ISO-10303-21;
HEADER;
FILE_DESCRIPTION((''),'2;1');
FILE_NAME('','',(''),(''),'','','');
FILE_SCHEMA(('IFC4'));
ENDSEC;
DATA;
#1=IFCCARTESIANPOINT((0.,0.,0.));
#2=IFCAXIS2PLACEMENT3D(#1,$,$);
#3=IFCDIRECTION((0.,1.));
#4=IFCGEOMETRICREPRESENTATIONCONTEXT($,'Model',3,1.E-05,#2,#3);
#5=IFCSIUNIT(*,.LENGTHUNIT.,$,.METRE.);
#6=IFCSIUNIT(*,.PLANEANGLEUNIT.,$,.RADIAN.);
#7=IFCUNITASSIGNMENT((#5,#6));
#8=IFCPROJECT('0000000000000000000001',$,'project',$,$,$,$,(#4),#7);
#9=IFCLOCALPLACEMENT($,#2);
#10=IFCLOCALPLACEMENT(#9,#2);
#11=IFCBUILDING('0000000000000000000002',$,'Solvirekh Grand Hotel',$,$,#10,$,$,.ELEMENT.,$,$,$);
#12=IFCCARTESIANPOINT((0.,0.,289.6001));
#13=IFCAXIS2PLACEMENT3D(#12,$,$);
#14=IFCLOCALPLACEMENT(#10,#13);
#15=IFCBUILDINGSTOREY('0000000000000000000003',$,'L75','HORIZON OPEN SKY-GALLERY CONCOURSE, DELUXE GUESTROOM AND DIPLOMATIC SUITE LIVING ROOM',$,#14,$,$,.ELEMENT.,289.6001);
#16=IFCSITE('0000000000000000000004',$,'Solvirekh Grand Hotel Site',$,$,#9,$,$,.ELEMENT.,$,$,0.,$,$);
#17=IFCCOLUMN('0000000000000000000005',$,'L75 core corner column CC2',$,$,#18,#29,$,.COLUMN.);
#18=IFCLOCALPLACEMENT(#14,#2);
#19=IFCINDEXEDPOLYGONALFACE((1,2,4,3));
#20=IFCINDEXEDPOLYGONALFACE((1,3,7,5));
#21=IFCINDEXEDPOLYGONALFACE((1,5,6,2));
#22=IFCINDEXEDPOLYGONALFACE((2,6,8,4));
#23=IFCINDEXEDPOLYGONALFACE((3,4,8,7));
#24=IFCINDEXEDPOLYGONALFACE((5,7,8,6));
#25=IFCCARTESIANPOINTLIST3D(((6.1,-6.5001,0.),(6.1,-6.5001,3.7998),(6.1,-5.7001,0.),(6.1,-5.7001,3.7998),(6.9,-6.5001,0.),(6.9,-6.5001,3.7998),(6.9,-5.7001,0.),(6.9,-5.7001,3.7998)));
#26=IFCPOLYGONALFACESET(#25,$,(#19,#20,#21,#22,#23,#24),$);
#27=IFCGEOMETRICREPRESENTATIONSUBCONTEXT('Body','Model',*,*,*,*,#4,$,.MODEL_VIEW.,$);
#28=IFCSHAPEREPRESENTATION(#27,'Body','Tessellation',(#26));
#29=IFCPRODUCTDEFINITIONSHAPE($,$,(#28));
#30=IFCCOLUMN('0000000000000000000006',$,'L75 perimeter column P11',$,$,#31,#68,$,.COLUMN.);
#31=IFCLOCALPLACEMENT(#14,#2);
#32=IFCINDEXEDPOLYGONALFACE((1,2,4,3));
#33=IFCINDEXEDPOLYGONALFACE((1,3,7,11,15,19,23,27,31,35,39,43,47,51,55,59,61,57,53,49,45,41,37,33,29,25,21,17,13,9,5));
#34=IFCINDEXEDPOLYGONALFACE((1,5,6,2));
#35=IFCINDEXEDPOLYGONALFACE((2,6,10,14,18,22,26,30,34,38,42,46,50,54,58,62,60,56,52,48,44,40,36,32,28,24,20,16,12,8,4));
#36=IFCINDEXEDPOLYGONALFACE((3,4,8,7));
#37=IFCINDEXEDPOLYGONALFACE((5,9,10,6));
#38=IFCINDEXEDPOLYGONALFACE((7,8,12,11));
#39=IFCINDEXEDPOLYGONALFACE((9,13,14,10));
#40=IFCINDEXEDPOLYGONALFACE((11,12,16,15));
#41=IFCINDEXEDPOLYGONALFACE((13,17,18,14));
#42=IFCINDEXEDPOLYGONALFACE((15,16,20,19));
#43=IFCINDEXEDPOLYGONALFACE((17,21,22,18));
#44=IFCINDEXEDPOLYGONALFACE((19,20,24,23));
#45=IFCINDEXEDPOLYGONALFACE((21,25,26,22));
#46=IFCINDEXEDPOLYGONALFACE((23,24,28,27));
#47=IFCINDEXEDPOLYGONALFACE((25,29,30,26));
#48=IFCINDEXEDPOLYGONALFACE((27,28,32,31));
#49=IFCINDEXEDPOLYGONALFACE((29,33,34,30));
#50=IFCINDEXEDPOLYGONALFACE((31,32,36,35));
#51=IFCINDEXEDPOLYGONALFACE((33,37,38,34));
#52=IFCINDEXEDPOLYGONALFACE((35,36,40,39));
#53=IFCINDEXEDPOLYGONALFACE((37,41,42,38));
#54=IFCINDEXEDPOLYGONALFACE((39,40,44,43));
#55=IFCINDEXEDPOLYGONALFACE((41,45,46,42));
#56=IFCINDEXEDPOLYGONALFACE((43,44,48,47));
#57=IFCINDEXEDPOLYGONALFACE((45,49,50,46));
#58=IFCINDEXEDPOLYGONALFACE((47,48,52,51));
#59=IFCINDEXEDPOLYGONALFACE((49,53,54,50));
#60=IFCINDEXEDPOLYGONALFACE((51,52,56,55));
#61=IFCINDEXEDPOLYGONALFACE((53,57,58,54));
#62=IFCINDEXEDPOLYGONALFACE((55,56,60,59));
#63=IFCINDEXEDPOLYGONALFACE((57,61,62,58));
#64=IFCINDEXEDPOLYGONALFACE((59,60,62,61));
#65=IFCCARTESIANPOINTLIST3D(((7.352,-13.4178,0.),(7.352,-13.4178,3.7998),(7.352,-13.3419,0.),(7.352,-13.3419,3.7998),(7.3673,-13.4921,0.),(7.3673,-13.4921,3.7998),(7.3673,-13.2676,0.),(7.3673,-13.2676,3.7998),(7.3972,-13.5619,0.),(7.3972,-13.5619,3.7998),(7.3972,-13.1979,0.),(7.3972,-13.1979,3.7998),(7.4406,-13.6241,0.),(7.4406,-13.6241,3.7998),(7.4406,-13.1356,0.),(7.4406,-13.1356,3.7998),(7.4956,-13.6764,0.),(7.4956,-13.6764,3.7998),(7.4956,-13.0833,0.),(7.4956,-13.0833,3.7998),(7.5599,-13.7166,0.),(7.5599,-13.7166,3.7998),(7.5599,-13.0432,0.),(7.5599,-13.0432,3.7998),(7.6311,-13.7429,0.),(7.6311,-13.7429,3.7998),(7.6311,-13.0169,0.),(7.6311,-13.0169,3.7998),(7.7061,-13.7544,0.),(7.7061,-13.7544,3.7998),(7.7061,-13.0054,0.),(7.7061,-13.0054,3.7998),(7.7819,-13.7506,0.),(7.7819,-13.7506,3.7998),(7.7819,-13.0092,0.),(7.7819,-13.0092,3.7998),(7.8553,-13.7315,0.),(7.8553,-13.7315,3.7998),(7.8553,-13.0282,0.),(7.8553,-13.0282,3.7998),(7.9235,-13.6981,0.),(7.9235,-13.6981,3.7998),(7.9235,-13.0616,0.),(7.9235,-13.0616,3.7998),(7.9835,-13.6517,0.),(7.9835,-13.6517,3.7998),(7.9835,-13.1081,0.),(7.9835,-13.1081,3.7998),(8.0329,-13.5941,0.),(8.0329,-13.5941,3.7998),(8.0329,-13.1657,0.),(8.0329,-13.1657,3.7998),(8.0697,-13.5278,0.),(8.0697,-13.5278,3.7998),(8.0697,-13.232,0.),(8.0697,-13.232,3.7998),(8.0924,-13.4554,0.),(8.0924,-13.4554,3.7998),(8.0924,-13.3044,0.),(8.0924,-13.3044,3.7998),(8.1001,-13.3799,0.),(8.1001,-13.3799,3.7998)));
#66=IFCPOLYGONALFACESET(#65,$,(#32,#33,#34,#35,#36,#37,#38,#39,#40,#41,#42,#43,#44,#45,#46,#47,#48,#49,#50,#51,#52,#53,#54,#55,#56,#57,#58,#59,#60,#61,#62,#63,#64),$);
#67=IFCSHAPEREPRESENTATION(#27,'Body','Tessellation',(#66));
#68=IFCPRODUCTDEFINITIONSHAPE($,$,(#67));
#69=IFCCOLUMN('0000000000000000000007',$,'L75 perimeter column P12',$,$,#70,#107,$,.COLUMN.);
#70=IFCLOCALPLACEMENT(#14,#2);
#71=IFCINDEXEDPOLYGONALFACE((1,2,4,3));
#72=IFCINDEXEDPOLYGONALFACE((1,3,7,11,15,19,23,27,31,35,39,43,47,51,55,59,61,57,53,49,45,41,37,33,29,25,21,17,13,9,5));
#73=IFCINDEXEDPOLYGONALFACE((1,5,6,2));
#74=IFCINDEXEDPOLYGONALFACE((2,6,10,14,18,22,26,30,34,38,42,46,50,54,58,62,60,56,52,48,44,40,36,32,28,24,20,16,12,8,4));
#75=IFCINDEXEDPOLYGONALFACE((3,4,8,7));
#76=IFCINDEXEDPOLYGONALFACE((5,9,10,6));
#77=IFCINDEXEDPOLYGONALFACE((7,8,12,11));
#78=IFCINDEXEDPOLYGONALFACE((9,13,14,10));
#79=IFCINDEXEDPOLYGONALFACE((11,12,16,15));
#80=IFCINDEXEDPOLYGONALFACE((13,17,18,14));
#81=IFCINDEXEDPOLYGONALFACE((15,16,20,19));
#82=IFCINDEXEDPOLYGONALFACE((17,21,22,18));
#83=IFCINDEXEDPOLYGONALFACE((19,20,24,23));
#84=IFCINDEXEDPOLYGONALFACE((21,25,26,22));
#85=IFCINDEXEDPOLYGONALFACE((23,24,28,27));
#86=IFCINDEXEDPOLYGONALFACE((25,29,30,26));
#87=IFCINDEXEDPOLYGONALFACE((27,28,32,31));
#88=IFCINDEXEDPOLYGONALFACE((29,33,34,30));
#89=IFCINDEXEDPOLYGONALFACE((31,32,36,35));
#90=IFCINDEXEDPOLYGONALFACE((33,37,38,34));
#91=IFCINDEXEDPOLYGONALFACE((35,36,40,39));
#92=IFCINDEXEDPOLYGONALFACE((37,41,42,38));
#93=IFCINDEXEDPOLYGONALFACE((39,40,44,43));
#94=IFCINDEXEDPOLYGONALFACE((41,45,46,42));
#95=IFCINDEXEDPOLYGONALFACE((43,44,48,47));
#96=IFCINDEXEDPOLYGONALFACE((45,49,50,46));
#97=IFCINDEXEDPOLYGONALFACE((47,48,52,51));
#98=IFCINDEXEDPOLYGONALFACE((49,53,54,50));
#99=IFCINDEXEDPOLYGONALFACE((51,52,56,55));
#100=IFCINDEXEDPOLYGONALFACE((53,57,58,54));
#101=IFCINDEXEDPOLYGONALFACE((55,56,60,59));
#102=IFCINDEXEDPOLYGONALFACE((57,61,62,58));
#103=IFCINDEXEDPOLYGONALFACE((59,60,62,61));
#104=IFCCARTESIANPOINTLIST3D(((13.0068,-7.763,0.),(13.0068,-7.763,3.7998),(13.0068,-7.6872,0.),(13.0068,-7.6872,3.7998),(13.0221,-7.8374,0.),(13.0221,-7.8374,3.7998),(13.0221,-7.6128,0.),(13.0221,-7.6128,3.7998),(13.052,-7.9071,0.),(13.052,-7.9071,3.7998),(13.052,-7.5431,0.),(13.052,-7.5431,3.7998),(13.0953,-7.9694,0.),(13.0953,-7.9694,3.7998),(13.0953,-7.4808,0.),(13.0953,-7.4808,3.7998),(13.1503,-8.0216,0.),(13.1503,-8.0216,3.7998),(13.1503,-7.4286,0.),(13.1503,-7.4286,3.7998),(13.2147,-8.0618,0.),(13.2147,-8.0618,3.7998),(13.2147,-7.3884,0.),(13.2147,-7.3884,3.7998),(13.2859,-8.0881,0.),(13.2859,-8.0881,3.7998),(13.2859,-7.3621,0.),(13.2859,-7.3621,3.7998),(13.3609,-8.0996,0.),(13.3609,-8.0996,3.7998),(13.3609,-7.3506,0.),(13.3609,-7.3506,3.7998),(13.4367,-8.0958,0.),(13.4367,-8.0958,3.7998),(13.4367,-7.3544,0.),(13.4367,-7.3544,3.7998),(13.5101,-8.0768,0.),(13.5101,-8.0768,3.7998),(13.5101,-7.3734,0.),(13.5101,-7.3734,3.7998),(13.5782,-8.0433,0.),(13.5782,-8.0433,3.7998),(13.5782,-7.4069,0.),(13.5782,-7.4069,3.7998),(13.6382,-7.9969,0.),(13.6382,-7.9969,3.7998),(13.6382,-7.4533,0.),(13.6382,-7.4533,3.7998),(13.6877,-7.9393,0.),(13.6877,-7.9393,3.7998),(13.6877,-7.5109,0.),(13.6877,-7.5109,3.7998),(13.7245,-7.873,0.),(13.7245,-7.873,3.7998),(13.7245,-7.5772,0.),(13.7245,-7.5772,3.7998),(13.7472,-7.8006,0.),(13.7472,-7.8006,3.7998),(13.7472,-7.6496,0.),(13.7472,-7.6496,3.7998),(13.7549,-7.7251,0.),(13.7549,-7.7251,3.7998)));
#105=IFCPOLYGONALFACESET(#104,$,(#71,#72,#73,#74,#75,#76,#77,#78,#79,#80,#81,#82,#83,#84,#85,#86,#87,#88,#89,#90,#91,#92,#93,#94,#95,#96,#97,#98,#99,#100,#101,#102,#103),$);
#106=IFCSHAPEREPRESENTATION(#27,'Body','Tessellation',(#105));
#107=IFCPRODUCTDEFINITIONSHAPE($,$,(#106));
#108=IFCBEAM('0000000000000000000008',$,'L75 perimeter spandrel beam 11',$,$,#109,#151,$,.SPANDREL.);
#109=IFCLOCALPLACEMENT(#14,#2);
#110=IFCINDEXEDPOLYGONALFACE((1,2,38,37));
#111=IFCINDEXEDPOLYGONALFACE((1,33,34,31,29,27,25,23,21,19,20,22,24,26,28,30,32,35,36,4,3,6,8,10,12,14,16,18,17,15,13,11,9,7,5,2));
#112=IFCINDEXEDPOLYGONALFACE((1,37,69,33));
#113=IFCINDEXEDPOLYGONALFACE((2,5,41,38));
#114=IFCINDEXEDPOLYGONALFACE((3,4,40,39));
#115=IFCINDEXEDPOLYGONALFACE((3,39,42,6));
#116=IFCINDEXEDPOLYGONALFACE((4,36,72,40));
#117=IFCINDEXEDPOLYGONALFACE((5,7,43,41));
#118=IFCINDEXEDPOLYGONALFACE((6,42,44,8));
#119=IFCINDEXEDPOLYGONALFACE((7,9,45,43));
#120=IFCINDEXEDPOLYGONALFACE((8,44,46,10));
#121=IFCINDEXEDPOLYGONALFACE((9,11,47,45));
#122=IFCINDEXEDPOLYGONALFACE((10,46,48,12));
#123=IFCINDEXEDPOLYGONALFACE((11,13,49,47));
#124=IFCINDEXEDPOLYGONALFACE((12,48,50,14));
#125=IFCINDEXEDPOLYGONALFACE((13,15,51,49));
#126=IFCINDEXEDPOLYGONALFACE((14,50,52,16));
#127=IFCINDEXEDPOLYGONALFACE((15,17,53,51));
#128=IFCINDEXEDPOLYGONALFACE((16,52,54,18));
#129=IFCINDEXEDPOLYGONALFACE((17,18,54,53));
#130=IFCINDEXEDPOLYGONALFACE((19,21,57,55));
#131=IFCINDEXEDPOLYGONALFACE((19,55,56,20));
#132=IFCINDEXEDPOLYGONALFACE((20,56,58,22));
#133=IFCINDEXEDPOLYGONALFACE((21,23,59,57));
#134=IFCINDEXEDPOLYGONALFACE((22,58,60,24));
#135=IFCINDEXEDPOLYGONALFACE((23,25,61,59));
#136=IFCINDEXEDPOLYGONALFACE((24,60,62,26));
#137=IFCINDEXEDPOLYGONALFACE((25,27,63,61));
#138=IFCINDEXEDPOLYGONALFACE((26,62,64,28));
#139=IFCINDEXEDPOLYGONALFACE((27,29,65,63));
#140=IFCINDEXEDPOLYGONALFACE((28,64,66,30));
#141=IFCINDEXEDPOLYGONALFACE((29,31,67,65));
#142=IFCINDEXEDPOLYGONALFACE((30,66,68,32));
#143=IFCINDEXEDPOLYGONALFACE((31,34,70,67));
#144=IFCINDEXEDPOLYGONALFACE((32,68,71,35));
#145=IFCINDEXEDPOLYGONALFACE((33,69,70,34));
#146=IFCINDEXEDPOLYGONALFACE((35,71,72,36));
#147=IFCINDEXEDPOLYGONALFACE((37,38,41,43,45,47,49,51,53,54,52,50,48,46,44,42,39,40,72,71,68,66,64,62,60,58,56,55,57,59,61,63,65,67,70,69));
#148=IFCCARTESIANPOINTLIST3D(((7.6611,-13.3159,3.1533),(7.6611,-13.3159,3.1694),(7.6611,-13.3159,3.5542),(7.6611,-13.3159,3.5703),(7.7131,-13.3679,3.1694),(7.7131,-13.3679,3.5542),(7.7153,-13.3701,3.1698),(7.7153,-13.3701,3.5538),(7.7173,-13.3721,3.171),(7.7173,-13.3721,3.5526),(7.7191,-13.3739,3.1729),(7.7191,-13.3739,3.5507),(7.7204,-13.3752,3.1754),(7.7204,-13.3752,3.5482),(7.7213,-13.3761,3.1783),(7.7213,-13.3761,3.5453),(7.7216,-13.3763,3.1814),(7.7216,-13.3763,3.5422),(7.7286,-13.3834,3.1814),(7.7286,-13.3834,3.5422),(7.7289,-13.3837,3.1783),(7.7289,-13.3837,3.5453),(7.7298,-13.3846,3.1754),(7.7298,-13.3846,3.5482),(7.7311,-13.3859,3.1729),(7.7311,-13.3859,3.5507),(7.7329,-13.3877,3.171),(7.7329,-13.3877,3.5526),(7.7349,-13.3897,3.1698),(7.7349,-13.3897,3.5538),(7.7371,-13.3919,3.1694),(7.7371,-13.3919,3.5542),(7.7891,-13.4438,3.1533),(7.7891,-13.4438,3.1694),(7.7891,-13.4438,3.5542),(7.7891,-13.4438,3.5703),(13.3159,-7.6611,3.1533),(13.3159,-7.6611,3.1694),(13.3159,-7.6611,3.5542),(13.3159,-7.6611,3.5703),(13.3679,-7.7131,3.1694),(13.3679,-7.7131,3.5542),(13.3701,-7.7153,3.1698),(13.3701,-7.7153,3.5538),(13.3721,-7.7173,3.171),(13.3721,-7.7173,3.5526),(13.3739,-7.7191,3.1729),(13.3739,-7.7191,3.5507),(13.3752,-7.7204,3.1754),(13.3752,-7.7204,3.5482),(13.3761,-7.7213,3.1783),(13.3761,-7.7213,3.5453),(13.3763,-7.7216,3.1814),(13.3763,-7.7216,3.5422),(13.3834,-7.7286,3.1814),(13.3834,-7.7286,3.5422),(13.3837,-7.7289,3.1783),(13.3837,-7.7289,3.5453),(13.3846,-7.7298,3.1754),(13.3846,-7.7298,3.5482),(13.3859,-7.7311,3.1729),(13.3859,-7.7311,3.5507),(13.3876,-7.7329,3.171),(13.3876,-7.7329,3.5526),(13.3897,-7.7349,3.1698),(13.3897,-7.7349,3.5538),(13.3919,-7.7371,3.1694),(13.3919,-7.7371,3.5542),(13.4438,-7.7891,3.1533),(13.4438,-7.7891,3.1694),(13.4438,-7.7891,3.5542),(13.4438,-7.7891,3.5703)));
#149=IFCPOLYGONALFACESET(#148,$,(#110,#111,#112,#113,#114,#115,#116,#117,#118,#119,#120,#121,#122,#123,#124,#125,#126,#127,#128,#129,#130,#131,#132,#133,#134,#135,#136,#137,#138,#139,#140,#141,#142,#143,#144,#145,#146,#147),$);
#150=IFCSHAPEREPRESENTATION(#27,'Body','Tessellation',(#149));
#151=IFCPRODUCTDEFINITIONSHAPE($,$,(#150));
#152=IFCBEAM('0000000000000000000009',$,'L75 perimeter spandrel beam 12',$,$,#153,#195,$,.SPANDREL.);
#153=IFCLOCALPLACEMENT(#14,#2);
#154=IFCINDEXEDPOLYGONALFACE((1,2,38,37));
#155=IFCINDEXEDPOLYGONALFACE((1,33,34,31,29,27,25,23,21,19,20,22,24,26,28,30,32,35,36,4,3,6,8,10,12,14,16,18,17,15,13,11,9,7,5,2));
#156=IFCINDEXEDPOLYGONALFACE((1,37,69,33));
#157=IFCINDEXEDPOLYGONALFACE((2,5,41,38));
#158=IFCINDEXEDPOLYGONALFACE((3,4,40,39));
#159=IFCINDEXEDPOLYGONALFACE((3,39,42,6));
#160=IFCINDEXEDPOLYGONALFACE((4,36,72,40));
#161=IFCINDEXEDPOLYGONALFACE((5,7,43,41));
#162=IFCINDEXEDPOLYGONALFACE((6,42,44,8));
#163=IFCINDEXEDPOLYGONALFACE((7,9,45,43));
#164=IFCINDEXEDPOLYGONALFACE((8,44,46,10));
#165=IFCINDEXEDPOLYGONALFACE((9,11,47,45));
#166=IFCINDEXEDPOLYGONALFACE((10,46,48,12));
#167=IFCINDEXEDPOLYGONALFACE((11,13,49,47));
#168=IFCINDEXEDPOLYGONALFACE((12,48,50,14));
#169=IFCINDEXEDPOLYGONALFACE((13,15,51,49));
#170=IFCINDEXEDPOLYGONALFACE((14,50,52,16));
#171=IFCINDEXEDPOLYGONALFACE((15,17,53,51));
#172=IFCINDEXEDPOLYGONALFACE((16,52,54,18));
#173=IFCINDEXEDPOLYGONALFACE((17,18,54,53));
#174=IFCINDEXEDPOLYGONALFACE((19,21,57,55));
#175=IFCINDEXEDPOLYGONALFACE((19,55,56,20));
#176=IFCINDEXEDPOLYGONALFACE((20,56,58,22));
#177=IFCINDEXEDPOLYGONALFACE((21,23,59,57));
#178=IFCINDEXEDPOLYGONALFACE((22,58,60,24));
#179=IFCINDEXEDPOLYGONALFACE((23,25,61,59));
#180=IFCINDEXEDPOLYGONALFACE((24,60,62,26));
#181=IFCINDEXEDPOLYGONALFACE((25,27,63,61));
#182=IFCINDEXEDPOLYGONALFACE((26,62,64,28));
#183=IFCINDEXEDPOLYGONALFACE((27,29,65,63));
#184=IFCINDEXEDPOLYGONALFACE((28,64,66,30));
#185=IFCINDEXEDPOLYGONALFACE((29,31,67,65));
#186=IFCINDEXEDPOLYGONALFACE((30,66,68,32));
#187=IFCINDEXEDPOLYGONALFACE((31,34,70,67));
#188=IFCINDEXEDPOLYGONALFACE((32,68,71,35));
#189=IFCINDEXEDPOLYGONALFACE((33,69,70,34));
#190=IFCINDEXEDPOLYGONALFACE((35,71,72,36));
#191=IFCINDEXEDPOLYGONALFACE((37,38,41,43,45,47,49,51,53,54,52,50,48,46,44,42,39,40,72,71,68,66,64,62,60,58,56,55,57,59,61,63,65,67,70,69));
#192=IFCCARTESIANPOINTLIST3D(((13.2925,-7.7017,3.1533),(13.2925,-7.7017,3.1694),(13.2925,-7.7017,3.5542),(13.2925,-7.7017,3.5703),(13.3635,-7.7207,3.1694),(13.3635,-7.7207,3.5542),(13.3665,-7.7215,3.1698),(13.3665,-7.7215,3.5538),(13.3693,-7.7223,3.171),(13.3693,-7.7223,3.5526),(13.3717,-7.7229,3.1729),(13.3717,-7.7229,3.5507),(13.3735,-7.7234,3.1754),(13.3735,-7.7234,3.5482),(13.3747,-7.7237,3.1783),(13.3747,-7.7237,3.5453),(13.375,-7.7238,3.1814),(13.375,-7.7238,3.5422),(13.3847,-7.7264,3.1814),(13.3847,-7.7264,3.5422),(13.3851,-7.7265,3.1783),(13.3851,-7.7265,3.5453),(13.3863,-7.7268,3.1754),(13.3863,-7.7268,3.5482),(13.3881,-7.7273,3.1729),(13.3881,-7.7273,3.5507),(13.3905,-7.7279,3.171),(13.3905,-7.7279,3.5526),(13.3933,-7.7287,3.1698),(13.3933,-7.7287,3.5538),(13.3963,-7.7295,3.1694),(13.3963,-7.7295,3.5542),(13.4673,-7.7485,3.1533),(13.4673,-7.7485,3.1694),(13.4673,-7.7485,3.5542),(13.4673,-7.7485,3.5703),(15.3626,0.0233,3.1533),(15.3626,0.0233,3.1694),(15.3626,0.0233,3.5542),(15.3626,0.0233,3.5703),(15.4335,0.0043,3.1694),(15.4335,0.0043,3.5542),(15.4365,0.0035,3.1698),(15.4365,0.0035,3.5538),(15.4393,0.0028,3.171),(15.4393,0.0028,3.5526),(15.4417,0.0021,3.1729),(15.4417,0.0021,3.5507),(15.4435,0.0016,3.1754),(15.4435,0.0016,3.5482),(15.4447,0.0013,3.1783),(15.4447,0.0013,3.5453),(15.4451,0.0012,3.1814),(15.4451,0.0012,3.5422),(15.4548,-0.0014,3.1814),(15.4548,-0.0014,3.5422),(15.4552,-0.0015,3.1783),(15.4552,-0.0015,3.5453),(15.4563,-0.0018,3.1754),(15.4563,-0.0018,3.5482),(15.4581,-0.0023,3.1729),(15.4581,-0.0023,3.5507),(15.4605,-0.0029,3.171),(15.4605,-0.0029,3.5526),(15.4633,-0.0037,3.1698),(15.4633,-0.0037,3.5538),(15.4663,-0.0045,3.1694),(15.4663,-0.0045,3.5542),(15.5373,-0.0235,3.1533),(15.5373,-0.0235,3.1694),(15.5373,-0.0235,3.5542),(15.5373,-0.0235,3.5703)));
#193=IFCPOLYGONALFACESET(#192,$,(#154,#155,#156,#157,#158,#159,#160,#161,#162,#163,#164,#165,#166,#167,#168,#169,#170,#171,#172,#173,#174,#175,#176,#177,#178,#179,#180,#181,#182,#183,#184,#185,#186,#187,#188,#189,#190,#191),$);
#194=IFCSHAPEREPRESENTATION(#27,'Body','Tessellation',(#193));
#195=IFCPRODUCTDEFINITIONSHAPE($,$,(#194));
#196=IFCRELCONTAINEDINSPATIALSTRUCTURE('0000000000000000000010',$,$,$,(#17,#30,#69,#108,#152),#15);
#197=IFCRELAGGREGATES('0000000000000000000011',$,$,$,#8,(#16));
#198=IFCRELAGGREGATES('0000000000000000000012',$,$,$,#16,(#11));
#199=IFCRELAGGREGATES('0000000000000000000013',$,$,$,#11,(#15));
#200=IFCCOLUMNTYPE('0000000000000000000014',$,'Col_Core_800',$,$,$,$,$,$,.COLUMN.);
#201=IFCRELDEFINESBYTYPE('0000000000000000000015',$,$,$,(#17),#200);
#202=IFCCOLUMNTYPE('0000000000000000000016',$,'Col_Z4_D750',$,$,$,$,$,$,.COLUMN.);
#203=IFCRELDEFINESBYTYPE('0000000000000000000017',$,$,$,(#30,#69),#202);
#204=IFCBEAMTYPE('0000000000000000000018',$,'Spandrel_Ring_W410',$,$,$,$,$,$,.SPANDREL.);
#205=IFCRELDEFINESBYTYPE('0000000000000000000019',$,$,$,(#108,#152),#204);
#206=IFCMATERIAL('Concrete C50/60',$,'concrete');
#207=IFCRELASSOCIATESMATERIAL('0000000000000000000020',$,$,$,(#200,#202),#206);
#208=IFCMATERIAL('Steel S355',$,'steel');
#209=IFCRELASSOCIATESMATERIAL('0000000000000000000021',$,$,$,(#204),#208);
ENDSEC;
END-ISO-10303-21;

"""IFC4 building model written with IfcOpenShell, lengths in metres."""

from ifc_helpers import new_model, si_unit, direction, frame, origin, origin_2d, place, context, subcontext, project, spatial, rectangle, circle, i_section, extrude, material, material_profile, profile_set, type_object, element, save


model = new_model("IFC4")

# Units and contexts
model_context = context("Model", 3, precision=1e-05, world=origin(), true_north=direction((0.0, 1.0)))
body_context = subcontext(model_context, "Body", "Model", "MODEL_VIEW")
ifc_project = project(units=[si_unit("LENGTHUNIT", "METRE"), si_unit("PLANEANGLEUNIT", "RADIAN")], contexts=[model_context])

# Site, building, storey
site_placement = place(None, origin())
site = spatial("IfcSite", under=ifc_project, at=site_placement, Name="Solvirekh Grand Hotel Site", CompositionType="ELEMENT", RefElevation=0.0)
building_placement = place(site_placement, origin())
building = spatial("IfcBuilding", under=site, at=building_placement, Name="Solvirekh Grand Hotel", CompositionType="ELEMENT")
storey_placement = place(building_placement, frame((0.0, 0.0, 289.6001)))
storey = spatial("IfcBuildingStorey", under=building, at=storey_placement, Name="L75", Description="HORIZON OPEN SKY-GALLERY CONCOURSE, DELUXE GUESTROOM AND DIPLOMATIC SUITE LIVING ROOM", CompositionType="ELEMENT", Elevation=289.6001)

# Columns
ifc_material_1 = material(Name="Concrete C50/60", Category="concrete")
ifc_material_profile_1 = material_profile(ifc_material_1, rectangle(XDim=0.8, YDim=0.8, at=origin_2d()), Name="RC 800X800")
ifc_profile_set_1 = profile_set([ifc_material_profile_1], Name="Concrete C50/60")
column_type_1 = type_object("IfcColumnType", Name="Col_Core_800", PredefinedType="COLUMN", material=ifc_profile_set_1)
column_placement = place(storey_placement, frame((6.5, -6.1001, 0.0), z_axis=(0.0, 0.0, 1.0), x_axis=(1.0, 0.0, 0.0)))
element("IfcColumn", 1, at=column_placement, inside=storey, type_object=column_type_1, Name="L75 core corner column CC2", PredefinedType="COLUMN", context=body_context, shape_type="SweptSolid", body=[
    extrude(rectangle(XDim=0.8, YDim=0.8, at=origin_2d()), origin(), (0.0, 0.0, 1.0), 3.7998),
])
ifc_material_profile_2 = material_profile(ifc_material_1, circle(Radius=0.375, at=origin_2d()), Name="RC CIRC D750")
ifc_profile_set_2 = profile_set([ifc_material_profile_2], Name="Concrete C50/60")
column_type_2 = type_object("IfcColumnType", Name="Col_Z4_D750", PredefinedType="COLUMN", material=ifc_profile_set_2)
for number, where, z_axis, x_axis, name in (
    (2, (7.7251, -13.3799, 0.0), (0.0, 0.0, 1.0), (1.0, 0.0, 0.0), "L75 perimeter column P11"),
    (3, (13.3799, -7.7251, 0.0), (0.0, 0.0, 1.0), (1.0, 0.0, 0.0), "L75 perimeter column P12"),
):
    element("IfcColumn", number, at=place(storey_placement, frame(where, z_axis=z_axis, x_axis=x_axis)), inside=storey, type_object=column_type_2, Name=name, PredefinedType="COLUMN", context=body_context, shape_type="SweptSolid", body=[
        extrude(circle(Radius=0.375, at=origin_2d()), origin(), (0.0, 0.0, 1.0), 3.7998),
    ])

# Beams
ifc_material_2 = material(Name="Steel S355", Category="steel")
ifc_material_profile_3 = material_profile(ifc_material_2, i_section(OverallWidth=0.1809, OverallDepth=0.417, WebThickness=0.01, FlangeThickness=0.0161, FilletRadius=0.012, at=origin_2d()), Name="W410X85")
ifc_profile_set_3 = profile_set([ifc_material_profile_3], Name="Steel S355")
beam_type = type_object("IfcBeamType", Name="Spandrel_Ring_W410", PredefinedType="SPANDREL", material=ifc_profile_set_3)
beam_1_placement = place(storey_placement, frame((7.7251, -13.3799, 3.3618), z_axis=(0.707107, 0.707107, 0.0), x_axis=(-0.707107, 0.707107, 0.0)))
element("IfcBeam", 4, at=beam_1_placement, inside=storey, type_object=beam_type, Name="L75 perimeter spandrel beam 11", PredefinedType="SPANDREL", context=body_context, shape_type="SweptSolid", body=[
    extrude(i_section(OverallWidth=0.1809, OverallDepth=0.417, WebThickness=0.01, FlangeThickness=0.0161, FilletRadius=0.012, at=origin_2d()), origin(), (0.0, 0.0, 1.0), 7.9971),
])
beam_2_placement = place(storey_placement, frame((13.3799, -7.7251, 3.3618), z_axis=(0.258835, 0.965922, 0.0), x_axis=(-0.965922, 0.258835, 0.0)))
element("IfcBeam", 5, at=beam_2_placement, inside=storey, type_object=beam_type, Name="L75 perimeter spandrel beam 12", PredefinedType="SPANDREL", context=body_context, shape_type="SweptSolid", body=[
    extrude(i_section(OverallWidth=0.1809, OverallDepth=0.417, WebThickness=0.01, FlangeThickness=0.0161, FilletRadius=0.012, at=origin_2d()), origin(), (0.0, 0.0, 1.0), 7.9976),
])

save(model, "model.ifc")
